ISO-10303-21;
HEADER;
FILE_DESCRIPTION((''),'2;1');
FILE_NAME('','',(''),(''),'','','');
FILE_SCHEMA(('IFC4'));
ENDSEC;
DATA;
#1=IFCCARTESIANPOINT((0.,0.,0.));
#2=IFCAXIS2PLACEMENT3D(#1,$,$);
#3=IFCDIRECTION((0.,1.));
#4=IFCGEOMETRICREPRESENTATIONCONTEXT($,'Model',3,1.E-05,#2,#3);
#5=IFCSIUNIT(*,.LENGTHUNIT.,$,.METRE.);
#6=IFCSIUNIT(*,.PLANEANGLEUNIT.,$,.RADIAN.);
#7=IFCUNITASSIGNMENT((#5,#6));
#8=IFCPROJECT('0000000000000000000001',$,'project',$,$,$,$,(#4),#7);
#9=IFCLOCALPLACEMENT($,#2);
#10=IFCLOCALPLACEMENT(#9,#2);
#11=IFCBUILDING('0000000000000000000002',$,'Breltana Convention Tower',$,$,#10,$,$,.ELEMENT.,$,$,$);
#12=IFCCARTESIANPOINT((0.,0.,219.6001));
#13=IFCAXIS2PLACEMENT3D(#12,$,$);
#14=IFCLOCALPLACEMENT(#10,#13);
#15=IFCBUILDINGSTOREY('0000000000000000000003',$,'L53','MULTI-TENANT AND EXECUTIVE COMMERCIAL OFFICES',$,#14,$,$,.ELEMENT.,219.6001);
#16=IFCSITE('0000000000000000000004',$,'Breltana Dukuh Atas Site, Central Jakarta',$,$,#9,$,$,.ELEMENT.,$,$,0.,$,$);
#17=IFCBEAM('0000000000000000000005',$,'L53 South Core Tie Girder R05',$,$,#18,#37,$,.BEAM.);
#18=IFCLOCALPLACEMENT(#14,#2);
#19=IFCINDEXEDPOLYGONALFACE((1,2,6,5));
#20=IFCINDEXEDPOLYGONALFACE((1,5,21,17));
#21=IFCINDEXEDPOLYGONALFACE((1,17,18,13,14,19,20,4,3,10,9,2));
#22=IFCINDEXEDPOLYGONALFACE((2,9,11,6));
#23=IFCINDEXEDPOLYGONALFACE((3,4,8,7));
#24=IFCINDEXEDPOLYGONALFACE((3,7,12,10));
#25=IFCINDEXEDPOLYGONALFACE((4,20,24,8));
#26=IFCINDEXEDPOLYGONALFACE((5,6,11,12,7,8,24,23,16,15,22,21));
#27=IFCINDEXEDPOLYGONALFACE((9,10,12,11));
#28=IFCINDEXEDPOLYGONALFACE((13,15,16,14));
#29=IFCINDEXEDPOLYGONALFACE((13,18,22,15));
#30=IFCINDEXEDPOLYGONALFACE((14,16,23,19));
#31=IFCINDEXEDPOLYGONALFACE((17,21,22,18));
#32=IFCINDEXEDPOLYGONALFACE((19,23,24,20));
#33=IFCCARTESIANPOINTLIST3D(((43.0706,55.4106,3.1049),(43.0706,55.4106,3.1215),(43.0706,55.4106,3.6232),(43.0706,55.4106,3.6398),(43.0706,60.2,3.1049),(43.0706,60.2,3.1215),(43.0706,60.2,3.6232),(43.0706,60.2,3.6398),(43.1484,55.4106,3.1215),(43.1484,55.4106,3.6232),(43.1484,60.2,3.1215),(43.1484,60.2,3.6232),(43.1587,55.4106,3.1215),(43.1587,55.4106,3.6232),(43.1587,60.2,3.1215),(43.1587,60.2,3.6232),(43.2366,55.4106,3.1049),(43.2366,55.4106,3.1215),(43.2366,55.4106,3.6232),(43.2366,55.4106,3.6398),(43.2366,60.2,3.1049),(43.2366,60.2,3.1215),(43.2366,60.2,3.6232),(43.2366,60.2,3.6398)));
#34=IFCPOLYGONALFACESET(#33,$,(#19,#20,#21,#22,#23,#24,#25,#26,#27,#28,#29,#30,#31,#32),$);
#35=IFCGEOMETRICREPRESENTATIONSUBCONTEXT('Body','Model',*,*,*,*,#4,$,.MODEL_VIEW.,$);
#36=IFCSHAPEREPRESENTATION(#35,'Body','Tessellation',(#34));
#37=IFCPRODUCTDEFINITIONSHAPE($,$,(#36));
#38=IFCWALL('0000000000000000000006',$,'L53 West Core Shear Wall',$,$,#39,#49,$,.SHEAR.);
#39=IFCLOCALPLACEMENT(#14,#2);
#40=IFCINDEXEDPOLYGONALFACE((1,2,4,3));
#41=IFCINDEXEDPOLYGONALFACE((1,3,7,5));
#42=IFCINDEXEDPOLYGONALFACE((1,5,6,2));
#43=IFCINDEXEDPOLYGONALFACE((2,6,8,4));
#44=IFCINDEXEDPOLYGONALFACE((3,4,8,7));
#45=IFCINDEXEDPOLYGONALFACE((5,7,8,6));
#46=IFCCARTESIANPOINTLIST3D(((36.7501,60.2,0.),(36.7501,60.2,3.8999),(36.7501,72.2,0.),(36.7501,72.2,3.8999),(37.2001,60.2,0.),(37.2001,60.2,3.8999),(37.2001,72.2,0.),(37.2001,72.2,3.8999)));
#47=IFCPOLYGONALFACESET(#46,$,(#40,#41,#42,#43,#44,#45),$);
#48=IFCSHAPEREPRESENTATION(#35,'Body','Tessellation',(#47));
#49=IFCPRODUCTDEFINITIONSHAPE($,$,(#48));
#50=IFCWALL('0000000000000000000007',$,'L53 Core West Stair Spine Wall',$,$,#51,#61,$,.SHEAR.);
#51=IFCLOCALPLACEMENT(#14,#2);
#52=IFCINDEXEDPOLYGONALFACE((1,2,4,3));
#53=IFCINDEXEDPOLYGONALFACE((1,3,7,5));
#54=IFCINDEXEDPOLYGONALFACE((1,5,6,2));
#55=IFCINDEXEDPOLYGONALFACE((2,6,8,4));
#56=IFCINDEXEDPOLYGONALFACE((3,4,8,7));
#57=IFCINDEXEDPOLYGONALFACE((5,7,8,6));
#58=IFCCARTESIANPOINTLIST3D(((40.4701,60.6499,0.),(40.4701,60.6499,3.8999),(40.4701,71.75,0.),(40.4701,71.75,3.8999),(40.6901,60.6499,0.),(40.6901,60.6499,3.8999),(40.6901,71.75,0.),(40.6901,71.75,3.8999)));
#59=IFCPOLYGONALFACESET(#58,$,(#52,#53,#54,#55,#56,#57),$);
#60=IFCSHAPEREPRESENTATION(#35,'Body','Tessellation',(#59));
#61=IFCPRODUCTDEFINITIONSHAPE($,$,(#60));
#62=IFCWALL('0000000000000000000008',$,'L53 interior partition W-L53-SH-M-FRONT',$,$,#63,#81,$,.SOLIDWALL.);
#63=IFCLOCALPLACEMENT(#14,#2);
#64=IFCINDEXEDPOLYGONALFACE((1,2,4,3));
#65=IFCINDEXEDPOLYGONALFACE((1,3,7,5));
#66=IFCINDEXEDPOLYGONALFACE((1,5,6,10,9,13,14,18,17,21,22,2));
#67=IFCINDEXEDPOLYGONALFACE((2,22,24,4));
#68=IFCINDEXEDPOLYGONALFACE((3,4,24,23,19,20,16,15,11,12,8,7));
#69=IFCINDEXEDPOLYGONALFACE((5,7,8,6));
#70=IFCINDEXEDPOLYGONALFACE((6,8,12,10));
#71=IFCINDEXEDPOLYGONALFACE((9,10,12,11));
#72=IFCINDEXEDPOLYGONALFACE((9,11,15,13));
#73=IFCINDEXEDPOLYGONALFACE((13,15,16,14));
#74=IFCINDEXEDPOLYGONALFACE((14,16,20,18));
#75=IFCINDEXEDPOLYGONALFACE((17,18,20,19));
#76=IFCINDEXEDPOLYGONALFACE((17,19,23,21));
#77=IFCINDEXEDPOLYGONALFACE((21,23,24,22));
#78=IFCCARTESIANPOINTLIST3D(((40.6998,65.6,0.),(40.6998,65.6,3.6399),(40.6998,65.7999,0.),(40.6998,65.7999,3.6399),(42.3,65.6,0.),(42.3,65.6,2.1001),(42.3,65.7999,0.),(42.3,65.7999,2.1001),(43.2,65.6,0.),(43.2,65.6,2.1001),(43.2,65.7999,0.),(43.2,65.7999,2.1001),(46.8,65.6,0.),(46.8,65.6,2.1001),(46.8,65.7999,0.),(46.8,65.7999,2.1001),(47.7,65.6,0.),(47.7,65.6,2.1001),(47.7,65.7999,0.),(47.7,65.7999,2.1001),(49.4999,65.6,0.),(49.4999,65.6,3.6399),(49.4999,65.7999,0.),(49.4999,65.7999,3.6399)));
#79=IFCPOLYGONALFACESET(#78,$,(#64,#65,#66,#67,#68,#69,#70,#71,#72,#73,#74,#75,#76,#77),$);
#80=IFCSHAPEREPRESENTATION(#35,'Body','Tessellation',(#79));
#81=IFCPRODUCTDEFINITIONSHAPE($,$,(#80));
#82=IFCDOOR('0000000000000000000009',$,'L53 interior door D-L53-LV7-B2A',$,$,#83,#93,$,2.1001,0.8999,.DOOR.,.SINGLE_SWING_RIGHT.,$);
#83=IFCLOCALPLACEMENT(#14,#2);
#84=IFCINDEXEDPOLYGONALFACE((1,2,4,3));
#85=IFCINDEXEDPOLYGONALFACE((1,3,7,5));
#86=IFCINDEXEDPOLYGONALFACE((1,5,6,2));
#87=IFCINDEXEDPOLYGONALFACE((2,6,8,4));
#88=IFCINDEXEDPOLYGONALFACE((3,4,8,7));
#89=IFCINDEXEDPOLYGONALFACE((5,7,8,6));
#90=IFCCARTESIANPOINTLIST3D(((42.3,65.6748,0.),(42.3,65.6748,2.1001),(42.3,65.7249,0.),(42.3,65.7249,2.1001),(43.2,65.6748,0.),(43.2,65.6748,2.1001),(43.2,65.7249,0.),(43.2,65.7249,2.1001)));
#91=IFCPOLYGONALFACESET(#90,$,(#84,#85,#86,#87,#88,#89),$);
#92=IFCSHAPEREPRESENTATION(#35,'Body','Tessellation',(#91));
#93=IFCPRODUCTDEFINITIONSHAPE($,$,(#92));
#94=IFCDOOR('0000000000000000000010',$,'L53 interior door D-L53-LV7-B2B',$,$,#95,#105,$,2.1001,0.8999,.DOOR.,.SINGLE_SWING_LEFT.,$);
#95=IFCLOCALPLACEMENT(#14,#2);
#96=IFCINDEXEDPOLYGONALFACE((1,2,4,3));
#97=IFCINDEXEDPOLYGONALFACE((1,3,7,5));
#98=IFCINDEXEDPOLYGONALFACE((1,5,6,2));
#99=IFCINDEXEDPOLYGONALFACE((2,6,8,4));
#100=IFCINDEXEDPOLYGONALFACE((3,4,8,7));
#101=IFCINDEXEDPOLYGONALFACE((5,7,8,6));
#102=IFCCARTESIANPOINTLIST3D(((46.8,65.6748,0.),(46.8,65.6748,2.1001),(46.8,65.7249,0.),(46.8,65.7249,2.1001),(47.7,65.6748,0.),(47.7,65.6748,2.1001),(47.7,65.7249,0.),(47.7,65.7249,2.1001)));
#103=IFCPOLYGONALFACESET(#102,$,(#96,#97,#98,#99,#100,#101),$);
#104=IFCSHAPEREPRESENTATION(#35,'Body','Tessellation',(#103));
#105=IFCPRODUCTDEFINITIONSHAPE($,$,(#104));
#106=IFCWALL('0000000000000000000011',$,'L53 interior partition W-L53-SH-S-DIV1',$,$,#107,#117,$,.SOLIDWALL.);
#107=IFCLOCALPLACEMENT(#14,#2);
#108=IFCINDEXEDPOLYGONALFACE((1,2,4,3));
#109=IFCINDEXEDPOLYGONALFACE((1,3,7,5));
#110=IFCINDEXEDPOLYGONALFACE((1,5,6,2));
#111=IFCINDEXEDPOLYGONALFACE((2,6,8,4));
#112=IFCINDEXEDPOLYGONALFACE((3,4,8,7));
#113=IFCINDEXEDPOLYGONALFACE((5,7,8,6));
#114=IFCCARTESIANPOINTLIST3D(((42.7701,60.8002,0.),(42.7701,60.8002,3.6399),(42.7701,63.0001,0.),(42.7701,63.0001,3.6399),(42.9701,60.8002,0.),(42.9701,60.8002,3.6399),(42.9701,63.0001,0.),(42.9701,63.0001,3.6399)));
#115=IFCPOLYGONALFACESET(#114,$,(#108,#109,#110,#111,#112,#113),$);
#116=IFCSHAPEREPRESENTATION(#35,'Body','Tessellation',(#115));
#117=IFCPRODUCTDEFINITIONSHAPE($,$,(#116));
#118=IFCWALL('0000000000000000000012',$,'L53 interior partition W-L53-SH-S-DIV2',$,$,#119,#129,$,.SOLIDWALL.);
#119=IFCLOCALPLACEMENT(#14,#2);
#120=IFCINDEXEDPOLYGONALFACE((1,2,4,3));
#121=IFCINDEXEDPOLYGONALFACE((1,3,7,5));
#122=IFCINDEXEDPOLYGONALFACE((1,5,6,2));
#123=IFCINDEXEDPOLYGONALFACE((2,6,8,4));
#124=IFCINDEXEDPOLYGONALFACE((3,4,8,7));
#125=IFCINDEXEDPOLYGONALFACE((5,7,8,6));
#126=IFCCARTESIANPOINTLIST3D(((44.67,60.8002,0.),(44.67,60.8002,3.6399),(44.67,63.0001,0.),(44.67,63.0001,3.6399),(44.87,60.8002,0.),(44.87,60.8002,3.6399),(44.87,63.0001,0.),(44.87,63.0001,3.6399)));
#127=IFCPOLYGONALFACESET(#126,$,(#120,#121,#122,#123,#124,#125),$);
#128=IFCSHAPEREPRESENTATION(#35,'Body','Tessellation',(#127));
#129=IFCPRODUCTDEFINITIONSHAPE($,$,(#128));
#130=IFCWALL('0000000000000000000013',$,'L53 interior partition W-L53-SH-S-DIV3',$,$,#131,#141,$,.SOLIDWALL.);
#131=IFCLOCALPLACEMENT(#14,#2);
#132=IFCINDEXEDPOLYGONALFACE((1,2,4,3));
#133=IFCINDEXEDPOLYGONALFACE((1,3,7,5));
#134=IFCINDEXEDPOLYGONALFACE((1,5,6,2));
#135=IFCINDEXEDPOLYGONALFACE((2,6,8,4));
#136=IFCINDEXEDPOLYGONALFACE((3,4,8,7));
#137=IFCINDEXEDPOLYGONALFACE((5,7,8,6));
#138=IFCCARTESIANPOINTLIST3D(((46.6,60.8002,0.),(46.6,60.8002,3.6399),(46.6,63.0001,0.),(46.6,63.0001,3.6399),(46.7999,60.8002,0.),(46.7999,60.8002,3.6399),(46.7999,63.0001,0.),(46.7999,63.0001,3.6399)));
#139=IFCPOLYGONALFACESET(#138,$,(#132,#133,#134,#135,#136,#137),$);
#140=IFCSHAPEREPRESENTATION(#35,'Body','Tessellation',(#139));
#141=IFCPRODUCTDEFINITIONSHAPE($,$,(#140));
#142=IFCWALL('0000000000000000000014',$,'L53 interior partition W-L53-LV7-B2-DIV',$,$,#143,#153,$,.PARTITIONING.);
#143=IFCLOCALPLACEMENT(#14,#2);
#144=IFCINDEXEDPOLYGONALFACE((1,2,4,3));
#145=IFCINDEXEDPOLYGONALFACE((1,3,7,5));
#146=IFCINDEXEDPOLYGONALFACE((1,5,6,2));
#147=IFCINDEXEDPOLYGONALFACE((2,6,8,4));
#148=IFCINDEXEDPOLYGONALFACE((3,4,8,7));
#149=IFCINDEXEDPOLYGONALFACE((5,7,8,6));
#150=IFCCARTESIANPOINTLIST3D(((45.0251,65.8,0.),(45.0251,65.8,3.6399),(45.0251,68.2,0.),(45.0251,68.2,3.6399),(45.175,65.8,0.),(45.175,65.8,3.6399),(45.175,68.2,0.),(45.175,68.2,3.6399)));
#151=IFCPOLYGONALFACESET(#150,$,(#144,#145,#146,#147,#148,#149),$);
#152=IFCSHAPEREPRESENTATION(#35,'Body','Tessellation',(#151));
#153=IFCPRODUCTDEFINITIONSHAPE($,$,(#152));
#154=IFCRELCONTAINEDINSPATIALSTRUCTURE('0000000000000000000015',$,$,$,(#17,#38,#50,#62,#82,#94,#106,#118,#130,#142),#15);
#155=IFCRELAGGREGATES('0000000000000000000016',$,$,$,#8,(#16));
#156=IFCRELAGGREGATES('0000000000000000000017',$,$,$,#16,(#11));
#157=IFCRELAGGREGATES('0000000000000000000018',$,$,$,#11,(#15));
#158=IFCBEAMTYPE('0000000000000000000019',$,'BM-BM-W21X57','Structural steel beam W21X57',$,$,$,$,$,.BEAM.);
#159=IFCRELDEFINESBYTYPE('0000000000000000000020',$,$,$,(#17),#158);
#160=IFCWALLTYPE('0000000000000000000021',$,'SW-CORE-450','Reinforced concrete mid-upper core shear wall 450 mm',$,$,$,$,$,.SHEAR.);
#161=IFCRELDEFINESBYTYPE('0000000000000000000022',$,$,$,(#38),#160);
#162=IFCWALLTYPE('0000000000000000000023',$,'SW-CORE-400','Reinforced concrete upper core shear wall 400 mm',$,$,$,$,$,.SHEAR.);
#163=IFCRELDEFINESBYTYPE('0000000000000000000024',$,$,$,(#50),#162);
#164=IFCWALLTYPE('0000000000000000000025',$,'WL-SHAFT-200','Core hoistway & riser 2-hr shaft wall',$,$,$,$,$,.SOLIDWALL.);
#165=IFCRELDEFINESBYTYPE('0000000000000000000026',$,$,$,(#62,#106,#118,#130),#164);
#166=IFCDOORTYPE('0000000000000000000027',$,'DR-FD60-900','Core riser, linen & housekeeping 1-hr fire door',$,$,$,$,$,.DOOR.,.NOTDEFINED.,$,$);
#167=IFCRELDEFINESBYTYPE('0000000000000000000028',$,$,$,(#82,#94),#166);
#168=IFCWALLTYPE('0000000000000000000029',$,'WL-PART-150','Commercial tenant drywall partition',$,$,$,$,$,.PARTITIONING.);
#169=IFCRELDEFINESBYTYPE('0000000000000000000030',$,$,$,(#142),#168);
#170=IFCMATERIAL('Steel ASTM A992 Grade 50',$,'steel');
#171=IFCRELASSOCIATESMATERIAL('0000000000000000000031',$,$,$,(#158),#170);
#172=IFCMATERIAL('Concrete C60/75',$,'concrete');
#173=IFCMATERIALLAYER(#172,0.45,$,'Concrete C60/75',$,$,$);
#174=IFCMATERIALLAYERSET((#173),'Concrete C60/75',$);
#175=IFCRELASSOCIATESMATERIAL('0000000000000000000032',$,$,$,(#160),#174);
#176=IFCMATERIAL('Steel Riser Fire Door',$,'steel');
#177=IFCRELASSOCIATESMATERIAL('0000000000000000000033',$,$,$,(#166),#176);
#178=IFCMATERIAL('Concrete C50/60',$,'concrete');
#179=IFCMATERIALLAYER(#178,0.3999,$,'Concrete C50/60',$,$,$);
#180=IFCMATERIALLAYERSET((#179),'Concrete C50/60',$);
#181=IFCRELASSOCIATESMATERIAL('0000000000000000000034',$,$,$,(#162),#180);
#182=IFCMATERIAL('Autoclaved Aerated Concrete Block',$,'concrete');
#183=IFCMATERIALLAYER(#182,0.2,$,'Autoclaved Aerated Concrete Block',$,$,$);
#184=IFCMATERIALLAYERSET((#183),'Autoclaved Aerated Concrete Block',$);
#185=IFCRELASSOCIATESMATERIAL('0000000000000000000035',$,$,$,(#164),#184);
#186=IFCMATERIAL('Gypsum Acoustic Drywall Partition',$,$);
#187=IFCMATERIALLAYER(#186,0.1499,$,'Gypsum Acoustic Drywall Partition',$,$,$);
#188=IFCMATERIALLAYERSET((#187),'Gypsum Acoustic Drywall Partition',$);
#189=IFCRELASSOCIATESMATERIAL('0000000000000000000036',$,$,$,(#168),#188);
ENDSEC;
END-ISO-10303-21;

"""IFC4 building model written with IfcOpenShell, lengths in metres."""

from ifc_helpers import new_model, si_unit, direction, frame, frame_2d, origin, origin_2d, place, context, subcontext, project, spatial, rectangle, i_section, extrude, source, transform, mapped, material, layer, layer_set, material_profile, profile_set, type_object, type_shapes, element, fill, save


model = new_model("IFC4")

# Units and contexts
model_context = context("Model", 3, precision=1e-05, world=origin(), true_north=direction((0.0, 1.0)))
body_context = subcontext(model_context, "Body", "Model", "MODEL_VIEW")
ifc_project = project(units=[si_unit("LENGTHUNIT", "METRE"), si_unit("PLANEANGLEUNIT", "RADIAN")], contexts=[model_context])

# Site, building, storey
site_placement = place(None, origin())
site = spatial("IfcSite", under=ifc_project, at=site_placement, Name="Breltana Dukuh Atas Site, Central Jakarta", CompositionType="ELEMENT", RefElevation=0.0)
building_placement = place(site_placement, origin())
building = spatial("IfcBuilding", under=site, at=building_placement, Name="Breltana Convention Tower", CompositionType="ELEMENT")
storey_placement = place(building_placement, frame((0.0, 0.0, 219.6001)))
storey = spatial("IfcBuildingStorey", under=building, at=storey_placement, Name="L53", Description="MULTI-TENANT AND EXECUTIVE COMMERCIAL OFFICES", CompositionType="ELEMENT", Elevation=219.6001)

# Beam
ifc_material_1 = material(Name="Steel ASTM A992 Grade 50", Category="steel")
ifc_material_profile = material_profile(ifc_material_1, i_section(OverallWidth=0.166, OverallDepth=0.5349, WebThickness=0.0103, FlangeThickness=0.0166, at=origin_2d()), Name="W21X57")
ifc_profile_set = profile_set([ifc_material_profile], Name="Steel ASTM A992 Grade 50")
beam_type = type_object("IfcBeamType", Name="BM-BM-W21X57", Description="Structural steel beam W21X57", PredefinedType="BEAM", material=ifc_profile_set)
shared_shape_1 = source(origin(), body_context, "Body", "SweptSolid", [
    extrude(i_section(OverallWidth=0.166, OverallDepth=0.5349, WebThickness=0.0103, FlangeThickness=0.0166, at=origin_2d()), origin(), (0.0, 0.0, 1.0), 4.7893),
])
beam_placement = place(storey_placement, frame((43.1536, 60.2, 3.3723), z_axis=(0.0, -1.0, 0.0), x_axis=(1.0, 0.0, 0.0)))
element("IfcBeam", 1, at=beam_placement, inside=storey, type_object=beam_type, Name="L53 South Core Tie Girder R05", PredefinedType="BEAM", context=body_context, shape_type="MappedRepresentation", body=[
    mapped(shared_shape_1, transform((0.0, 0.0, 0.0), scale=1.0)),
])

# Wall
ifc_material_2 = material(Name="Concrete C60/75", Category="concrete")
ifc_layer_1 = layer(ifc_material_2, 0.45, Name="Concrete C60/75")
ifc_layer_set_1 = layer_set([ifc_layer_1], Name="Concrete C60/75")
wall_type_1 = type_object("IfcWallType", Name="SW-CORE-450", Description="Reinforced concrete mid-upper core shear wall 450 mm", PredefinedType="SHEAR", material=ifc_layer_set_1)
shared_shape_2 = source(origin(), body_context, "Body", "SweptSolid", [
    extrude(rectangle(XDim=12.0, YDim=0.45, at=frame_2d((6.0, 0.0))), origin(), (0.0, 0.0, 1.0), 3.8999),
])
wall_1_placement = place(storey_placement, frame((36.9751, 60.2, 0.0), z_axis=(0.0, 0.0, 1.0), x_axis=(0.0, 1.0, 0.0)))
element("IfcWall", 2, at=wall_1_placement, inside=storey, type_object=wall_type_1, Name="L53 West Core Shear Wall", PredefinedType="SHEAR", context=body_context, shape_type="MappedRepresentation", body=[
    mapped(shared_shape_2, transform((0.0, 0.0, 0.0), scale=1.0)),
])

# Shared definitions
ifc_material_3 = material(Name="Steel Riser Fire Door", Category="steel")
door_type_1 = type_object("IfcDoorType", Name="DR-FD60-900", Description="Core riser, linen & housekeeping 1-hr fire door", OperationType="NOTDEFINED", PredefinedType="DOOR", material=ifc_material_3)
shared_shape_3 = source(origin(), body_context, "Body", "SweptSolid", [
    extrude(rectangle(XDim=0.8999, YDim=2.1001, at=frame_2d((0.45, 1.05))), frame((0.0, 0.0249, 0.0), z_axis=(0.0, -1.0, 0.0), x_axis=(1.0, 0.0, 0.0)), (0.0, 0.0, 1.0), 0.05),
])
type_shapes(door_type_1, [shared_shape_3])

# Wall
ifc_material_4 = material(Name="Concrete C50/60", Category="concrete")
ifc_layer_2 = layer(ifc_material_4, 0.3999, Name="Concrete C50/60")
ifc_layer_set_2 = layer_set([ifc_layer_2], Name="Concrete C50/60")
wall_type_2 = type_object("IfcWallType", Name="SW-CORE-400", Description="Reinforced concrete upper core shear wall 400 mm", PredefinedType="SHEAR", material=ifc_layer_set_2)
shared_shape_4 = source(origin(), body_context, "Body", "SweptSolid", [
    extrude(rectangle(XDim=11.1001, YDim=0.22, at=frame_2d((5.55, 0.0))), origin(), (0.0, 0.0, 1.0), 3.8999),
])
wall_2_placement = place(storey_placement, frame((40.5801, 60.6499, 0.0), z_axis=(0.0, 0.0, 1.0), x_axis=(0.0, 1.0, 0.0)))
element("IfcWall", 3, at=wall_2_placement, inside=storey, type_object=wall_type_2, Name="L53 Core West Stair Spine Wall", PredefinedType="SHEAR", context=body_context, shape_type="MappedRepresentation", body=[
    mapped(shared_shape_4, transform((0.0, 0.0, 0.0), scale=1.0)),
])

# Wall, openings, doors
ifc_material_5 = material(Name="Autoclaved Aerated Concrete Block", Category="concrete")
ifc_layer_3 = layer(ifc_material_5, 0.2, Name="Autoclaved Aerated Concrete Block")
ifc_layer_set_3 = layer_set([ifc_layer_3], Name="Autoclaved Aerated Concrete Block")
wall_type_3 = type_object("IfcWallType", Name="WL-SHAFT-200", Description="Core hoistway & riser 2-hr shaft wall", PredefinedType="SOLIDWALL", material=ifc_layer_set_3)
shared_shape_5 = source(origin(), body_context, "Body", "SweptSolid", [
    extrude(rectangle(XDim=8.8, YDim=0.2, at=frame_2d((4.3999, 0.0))), origin(), (0.0, 0.0, 1.0), 3.6399),
])
wall_3_placement = place(storey_placement, frame((40.7, 65.7, 0.0), z_axis=(0.0, 0.0, 1.0), x_axis=(1.0, 0.0, 0.0)))
wall_3 = element("IfcWall", 4, at=wall_3_placement, inside=storey, type_object=wall_type_3, Name="L53 interior partition W-L53-SH-M-FRONT", PredefinedType="SOLIDWALL", context=body_context, shape_type="MappedRepresentation", body=[
    mapped(shared_shape_5, transform((0.0, 0.0, 0.0), scale=1.0)),
])
opening_1_placement = place(wall_3_placement, frame((1.6001, 0.0, 0.0)))
opening_1 = element("IfcOpeningElement", 5, at=opening_1_placement, cuts=wall_3, PredefinedType="OPENING", context=body_context, shape_type="SweptSolid", body=[
    extrude(rectangle(XDim=0.8999, YDim=2.1001, at=frame_2d((0.45, 1.05))), frame((0.0, 0.1099, 0.0), z_axis=(0.0, -1.0, 0.0), x_axis=(1.0, 0.0, 0.0)), (0.0, 0.0, 1.0), 0.22),
])
opening_2_placement = place(wall_3_placement, frame((6.1001, 0.0, 0.0)))
opening_2 = element("IfcOpeningElement", 6, at=opening_2_placement, cuts=wall_3, PredefinedType="OPENING", context=body_context, shape_type="SweptSolid", body=[
    extrude(rectangle(XDim=0.8999, YDim=2.1001, at=frame_2d((0.45, 1.05))), frame((0.0, 0.1099, 0.0), z_axis=(0.0, -1.0, 0.0), x_axis=(1.0, 0.0, 0.0)), (0.0, 0.0, 1.0), 0.22),
])
door_1_placement = place(opening_1_placement, origin())
door_1 = element("IfcDoor", 7, at=door_1_placement, inside=storey, type_object=door_type_1, Name="L53 interior door D-L53-LV7-B2A", OperationType="SINGLE_SWING_RIGHT", OverallHeight=2.1001, OverallWidth=0.8999, PredefinedType="DOOR", context=body_context, shape_type="MappedRepresentation", body=[
    mapped(shared_shape_3, transform((0.0, 0.0, 0.0), scale=1.0)),
])
fill(opening_1, door_1)
door_2_placement = place(opening_2_placement, origin())
door_2 = element("IfcDoor", 8, at=door_2_placement, inside=storey, type_object=door_type_1, Name="L53 interior door D-L53-LV7-B2B", OperationType="SINGLE_SWING_LEFT", OverallHeight=2.1001, OverallWidth=0.8999, PredefinedType="DOOR", context=body_context, shape_type="MappedRepresentation", body=[
    mapped(shared_shape_3, transform((0.0, 0.0, 0.0), scale=1.0)),
])
fill(opening_2, door_2)

# Walls
shared_shape_6 = source(origin(), body_context, "Body", "SweptSolid", [
    extrude(rectangle(XDim=2.2, YDim=0.2, at=frame_2d((1.1001, 0.0))), origin(), (0.0, 0.0, 1.0), 3.6399),
])
for number, where, z_axis, x_axis, name in (
    (9, (42.8701, 60.8, 0.0), (0.0, 0.0, 1.0), (0.0, 1.0, 0.0), "L53 interior partition W-L53-SH-S-DIV1"),
    (10, (44.77, 60.8, 0.0), (0.0, 0.0, 1.0), (0.0, 1.0, 0.0), "L53 interior partition W-L53-SH-S-DIV2"),
    (11, (46.7, 60.8, 0.0), (0.0, 0.0, 1.0), (0.0, 1.0, 0.0), "L53 interior partition W-L53-SH-S-DIV3"),
):
    element("IfcWall", number, at=place(storey_placement, frame(where, z_axis=z_axis, x_axis=x_axis)), inside=storey, type_object=wall_type_3, Name=name, PredefinedType="SOLIDWALL", context=body_context, shape_type="MappedRepresentation", body=[
        mapped(shared_shape_6, transform((0.0, 0.0, 0.0), scale=1.0)),
    ])
ifc_material_6 = material(Name="Gypsum Acoustic Drywall Partition")
ifc_layer_4 = layer(ifc_material_6, 0.1499, Name="Gypsum Acoustic Drywall Partition")
ifc_layer_set_4 = layer_set([ifc_layer_4], Name="Gypsum Acoustic Drywall Partition")
wall_type_4 = type_object("IfcWallType", Name="WL-PART-150", Description="Commercial tenant drywall partition", PredefinedType="PARTITIONING", material=ifc_layer_set_4)
shared_shape_7 = source(origin(), body_context, "Body", "SweptSolid", [
    extrude(rectangle(XDim=2.3999, YDim=0.1499, at=frame_2d((1.2, 0.0))), origin(), (0.0, 0.0, 1.0), 3.6399),
])
wall_4_placement = place(storey_placement, frame((45.1001, 65.8, 0.0), z_axis=(0.0, 0.0, 1.0), x_axis=(0.0, 1.0, 0.0)))
element("IfcWall", 12, at=wall_4_placement, inside=storey, type_object=wall_type_4, Name="L53 interior partition W-L53-LV7-B2-DIV", PredefinedType="PARTITIONING", context=body_context, shape_type="MappedRepresentation", body=[
    mapped(shared_shape_7, transform((0.0, 0.0, 0.0), scale=1.0)),
])

save(model, "model.ifc")
